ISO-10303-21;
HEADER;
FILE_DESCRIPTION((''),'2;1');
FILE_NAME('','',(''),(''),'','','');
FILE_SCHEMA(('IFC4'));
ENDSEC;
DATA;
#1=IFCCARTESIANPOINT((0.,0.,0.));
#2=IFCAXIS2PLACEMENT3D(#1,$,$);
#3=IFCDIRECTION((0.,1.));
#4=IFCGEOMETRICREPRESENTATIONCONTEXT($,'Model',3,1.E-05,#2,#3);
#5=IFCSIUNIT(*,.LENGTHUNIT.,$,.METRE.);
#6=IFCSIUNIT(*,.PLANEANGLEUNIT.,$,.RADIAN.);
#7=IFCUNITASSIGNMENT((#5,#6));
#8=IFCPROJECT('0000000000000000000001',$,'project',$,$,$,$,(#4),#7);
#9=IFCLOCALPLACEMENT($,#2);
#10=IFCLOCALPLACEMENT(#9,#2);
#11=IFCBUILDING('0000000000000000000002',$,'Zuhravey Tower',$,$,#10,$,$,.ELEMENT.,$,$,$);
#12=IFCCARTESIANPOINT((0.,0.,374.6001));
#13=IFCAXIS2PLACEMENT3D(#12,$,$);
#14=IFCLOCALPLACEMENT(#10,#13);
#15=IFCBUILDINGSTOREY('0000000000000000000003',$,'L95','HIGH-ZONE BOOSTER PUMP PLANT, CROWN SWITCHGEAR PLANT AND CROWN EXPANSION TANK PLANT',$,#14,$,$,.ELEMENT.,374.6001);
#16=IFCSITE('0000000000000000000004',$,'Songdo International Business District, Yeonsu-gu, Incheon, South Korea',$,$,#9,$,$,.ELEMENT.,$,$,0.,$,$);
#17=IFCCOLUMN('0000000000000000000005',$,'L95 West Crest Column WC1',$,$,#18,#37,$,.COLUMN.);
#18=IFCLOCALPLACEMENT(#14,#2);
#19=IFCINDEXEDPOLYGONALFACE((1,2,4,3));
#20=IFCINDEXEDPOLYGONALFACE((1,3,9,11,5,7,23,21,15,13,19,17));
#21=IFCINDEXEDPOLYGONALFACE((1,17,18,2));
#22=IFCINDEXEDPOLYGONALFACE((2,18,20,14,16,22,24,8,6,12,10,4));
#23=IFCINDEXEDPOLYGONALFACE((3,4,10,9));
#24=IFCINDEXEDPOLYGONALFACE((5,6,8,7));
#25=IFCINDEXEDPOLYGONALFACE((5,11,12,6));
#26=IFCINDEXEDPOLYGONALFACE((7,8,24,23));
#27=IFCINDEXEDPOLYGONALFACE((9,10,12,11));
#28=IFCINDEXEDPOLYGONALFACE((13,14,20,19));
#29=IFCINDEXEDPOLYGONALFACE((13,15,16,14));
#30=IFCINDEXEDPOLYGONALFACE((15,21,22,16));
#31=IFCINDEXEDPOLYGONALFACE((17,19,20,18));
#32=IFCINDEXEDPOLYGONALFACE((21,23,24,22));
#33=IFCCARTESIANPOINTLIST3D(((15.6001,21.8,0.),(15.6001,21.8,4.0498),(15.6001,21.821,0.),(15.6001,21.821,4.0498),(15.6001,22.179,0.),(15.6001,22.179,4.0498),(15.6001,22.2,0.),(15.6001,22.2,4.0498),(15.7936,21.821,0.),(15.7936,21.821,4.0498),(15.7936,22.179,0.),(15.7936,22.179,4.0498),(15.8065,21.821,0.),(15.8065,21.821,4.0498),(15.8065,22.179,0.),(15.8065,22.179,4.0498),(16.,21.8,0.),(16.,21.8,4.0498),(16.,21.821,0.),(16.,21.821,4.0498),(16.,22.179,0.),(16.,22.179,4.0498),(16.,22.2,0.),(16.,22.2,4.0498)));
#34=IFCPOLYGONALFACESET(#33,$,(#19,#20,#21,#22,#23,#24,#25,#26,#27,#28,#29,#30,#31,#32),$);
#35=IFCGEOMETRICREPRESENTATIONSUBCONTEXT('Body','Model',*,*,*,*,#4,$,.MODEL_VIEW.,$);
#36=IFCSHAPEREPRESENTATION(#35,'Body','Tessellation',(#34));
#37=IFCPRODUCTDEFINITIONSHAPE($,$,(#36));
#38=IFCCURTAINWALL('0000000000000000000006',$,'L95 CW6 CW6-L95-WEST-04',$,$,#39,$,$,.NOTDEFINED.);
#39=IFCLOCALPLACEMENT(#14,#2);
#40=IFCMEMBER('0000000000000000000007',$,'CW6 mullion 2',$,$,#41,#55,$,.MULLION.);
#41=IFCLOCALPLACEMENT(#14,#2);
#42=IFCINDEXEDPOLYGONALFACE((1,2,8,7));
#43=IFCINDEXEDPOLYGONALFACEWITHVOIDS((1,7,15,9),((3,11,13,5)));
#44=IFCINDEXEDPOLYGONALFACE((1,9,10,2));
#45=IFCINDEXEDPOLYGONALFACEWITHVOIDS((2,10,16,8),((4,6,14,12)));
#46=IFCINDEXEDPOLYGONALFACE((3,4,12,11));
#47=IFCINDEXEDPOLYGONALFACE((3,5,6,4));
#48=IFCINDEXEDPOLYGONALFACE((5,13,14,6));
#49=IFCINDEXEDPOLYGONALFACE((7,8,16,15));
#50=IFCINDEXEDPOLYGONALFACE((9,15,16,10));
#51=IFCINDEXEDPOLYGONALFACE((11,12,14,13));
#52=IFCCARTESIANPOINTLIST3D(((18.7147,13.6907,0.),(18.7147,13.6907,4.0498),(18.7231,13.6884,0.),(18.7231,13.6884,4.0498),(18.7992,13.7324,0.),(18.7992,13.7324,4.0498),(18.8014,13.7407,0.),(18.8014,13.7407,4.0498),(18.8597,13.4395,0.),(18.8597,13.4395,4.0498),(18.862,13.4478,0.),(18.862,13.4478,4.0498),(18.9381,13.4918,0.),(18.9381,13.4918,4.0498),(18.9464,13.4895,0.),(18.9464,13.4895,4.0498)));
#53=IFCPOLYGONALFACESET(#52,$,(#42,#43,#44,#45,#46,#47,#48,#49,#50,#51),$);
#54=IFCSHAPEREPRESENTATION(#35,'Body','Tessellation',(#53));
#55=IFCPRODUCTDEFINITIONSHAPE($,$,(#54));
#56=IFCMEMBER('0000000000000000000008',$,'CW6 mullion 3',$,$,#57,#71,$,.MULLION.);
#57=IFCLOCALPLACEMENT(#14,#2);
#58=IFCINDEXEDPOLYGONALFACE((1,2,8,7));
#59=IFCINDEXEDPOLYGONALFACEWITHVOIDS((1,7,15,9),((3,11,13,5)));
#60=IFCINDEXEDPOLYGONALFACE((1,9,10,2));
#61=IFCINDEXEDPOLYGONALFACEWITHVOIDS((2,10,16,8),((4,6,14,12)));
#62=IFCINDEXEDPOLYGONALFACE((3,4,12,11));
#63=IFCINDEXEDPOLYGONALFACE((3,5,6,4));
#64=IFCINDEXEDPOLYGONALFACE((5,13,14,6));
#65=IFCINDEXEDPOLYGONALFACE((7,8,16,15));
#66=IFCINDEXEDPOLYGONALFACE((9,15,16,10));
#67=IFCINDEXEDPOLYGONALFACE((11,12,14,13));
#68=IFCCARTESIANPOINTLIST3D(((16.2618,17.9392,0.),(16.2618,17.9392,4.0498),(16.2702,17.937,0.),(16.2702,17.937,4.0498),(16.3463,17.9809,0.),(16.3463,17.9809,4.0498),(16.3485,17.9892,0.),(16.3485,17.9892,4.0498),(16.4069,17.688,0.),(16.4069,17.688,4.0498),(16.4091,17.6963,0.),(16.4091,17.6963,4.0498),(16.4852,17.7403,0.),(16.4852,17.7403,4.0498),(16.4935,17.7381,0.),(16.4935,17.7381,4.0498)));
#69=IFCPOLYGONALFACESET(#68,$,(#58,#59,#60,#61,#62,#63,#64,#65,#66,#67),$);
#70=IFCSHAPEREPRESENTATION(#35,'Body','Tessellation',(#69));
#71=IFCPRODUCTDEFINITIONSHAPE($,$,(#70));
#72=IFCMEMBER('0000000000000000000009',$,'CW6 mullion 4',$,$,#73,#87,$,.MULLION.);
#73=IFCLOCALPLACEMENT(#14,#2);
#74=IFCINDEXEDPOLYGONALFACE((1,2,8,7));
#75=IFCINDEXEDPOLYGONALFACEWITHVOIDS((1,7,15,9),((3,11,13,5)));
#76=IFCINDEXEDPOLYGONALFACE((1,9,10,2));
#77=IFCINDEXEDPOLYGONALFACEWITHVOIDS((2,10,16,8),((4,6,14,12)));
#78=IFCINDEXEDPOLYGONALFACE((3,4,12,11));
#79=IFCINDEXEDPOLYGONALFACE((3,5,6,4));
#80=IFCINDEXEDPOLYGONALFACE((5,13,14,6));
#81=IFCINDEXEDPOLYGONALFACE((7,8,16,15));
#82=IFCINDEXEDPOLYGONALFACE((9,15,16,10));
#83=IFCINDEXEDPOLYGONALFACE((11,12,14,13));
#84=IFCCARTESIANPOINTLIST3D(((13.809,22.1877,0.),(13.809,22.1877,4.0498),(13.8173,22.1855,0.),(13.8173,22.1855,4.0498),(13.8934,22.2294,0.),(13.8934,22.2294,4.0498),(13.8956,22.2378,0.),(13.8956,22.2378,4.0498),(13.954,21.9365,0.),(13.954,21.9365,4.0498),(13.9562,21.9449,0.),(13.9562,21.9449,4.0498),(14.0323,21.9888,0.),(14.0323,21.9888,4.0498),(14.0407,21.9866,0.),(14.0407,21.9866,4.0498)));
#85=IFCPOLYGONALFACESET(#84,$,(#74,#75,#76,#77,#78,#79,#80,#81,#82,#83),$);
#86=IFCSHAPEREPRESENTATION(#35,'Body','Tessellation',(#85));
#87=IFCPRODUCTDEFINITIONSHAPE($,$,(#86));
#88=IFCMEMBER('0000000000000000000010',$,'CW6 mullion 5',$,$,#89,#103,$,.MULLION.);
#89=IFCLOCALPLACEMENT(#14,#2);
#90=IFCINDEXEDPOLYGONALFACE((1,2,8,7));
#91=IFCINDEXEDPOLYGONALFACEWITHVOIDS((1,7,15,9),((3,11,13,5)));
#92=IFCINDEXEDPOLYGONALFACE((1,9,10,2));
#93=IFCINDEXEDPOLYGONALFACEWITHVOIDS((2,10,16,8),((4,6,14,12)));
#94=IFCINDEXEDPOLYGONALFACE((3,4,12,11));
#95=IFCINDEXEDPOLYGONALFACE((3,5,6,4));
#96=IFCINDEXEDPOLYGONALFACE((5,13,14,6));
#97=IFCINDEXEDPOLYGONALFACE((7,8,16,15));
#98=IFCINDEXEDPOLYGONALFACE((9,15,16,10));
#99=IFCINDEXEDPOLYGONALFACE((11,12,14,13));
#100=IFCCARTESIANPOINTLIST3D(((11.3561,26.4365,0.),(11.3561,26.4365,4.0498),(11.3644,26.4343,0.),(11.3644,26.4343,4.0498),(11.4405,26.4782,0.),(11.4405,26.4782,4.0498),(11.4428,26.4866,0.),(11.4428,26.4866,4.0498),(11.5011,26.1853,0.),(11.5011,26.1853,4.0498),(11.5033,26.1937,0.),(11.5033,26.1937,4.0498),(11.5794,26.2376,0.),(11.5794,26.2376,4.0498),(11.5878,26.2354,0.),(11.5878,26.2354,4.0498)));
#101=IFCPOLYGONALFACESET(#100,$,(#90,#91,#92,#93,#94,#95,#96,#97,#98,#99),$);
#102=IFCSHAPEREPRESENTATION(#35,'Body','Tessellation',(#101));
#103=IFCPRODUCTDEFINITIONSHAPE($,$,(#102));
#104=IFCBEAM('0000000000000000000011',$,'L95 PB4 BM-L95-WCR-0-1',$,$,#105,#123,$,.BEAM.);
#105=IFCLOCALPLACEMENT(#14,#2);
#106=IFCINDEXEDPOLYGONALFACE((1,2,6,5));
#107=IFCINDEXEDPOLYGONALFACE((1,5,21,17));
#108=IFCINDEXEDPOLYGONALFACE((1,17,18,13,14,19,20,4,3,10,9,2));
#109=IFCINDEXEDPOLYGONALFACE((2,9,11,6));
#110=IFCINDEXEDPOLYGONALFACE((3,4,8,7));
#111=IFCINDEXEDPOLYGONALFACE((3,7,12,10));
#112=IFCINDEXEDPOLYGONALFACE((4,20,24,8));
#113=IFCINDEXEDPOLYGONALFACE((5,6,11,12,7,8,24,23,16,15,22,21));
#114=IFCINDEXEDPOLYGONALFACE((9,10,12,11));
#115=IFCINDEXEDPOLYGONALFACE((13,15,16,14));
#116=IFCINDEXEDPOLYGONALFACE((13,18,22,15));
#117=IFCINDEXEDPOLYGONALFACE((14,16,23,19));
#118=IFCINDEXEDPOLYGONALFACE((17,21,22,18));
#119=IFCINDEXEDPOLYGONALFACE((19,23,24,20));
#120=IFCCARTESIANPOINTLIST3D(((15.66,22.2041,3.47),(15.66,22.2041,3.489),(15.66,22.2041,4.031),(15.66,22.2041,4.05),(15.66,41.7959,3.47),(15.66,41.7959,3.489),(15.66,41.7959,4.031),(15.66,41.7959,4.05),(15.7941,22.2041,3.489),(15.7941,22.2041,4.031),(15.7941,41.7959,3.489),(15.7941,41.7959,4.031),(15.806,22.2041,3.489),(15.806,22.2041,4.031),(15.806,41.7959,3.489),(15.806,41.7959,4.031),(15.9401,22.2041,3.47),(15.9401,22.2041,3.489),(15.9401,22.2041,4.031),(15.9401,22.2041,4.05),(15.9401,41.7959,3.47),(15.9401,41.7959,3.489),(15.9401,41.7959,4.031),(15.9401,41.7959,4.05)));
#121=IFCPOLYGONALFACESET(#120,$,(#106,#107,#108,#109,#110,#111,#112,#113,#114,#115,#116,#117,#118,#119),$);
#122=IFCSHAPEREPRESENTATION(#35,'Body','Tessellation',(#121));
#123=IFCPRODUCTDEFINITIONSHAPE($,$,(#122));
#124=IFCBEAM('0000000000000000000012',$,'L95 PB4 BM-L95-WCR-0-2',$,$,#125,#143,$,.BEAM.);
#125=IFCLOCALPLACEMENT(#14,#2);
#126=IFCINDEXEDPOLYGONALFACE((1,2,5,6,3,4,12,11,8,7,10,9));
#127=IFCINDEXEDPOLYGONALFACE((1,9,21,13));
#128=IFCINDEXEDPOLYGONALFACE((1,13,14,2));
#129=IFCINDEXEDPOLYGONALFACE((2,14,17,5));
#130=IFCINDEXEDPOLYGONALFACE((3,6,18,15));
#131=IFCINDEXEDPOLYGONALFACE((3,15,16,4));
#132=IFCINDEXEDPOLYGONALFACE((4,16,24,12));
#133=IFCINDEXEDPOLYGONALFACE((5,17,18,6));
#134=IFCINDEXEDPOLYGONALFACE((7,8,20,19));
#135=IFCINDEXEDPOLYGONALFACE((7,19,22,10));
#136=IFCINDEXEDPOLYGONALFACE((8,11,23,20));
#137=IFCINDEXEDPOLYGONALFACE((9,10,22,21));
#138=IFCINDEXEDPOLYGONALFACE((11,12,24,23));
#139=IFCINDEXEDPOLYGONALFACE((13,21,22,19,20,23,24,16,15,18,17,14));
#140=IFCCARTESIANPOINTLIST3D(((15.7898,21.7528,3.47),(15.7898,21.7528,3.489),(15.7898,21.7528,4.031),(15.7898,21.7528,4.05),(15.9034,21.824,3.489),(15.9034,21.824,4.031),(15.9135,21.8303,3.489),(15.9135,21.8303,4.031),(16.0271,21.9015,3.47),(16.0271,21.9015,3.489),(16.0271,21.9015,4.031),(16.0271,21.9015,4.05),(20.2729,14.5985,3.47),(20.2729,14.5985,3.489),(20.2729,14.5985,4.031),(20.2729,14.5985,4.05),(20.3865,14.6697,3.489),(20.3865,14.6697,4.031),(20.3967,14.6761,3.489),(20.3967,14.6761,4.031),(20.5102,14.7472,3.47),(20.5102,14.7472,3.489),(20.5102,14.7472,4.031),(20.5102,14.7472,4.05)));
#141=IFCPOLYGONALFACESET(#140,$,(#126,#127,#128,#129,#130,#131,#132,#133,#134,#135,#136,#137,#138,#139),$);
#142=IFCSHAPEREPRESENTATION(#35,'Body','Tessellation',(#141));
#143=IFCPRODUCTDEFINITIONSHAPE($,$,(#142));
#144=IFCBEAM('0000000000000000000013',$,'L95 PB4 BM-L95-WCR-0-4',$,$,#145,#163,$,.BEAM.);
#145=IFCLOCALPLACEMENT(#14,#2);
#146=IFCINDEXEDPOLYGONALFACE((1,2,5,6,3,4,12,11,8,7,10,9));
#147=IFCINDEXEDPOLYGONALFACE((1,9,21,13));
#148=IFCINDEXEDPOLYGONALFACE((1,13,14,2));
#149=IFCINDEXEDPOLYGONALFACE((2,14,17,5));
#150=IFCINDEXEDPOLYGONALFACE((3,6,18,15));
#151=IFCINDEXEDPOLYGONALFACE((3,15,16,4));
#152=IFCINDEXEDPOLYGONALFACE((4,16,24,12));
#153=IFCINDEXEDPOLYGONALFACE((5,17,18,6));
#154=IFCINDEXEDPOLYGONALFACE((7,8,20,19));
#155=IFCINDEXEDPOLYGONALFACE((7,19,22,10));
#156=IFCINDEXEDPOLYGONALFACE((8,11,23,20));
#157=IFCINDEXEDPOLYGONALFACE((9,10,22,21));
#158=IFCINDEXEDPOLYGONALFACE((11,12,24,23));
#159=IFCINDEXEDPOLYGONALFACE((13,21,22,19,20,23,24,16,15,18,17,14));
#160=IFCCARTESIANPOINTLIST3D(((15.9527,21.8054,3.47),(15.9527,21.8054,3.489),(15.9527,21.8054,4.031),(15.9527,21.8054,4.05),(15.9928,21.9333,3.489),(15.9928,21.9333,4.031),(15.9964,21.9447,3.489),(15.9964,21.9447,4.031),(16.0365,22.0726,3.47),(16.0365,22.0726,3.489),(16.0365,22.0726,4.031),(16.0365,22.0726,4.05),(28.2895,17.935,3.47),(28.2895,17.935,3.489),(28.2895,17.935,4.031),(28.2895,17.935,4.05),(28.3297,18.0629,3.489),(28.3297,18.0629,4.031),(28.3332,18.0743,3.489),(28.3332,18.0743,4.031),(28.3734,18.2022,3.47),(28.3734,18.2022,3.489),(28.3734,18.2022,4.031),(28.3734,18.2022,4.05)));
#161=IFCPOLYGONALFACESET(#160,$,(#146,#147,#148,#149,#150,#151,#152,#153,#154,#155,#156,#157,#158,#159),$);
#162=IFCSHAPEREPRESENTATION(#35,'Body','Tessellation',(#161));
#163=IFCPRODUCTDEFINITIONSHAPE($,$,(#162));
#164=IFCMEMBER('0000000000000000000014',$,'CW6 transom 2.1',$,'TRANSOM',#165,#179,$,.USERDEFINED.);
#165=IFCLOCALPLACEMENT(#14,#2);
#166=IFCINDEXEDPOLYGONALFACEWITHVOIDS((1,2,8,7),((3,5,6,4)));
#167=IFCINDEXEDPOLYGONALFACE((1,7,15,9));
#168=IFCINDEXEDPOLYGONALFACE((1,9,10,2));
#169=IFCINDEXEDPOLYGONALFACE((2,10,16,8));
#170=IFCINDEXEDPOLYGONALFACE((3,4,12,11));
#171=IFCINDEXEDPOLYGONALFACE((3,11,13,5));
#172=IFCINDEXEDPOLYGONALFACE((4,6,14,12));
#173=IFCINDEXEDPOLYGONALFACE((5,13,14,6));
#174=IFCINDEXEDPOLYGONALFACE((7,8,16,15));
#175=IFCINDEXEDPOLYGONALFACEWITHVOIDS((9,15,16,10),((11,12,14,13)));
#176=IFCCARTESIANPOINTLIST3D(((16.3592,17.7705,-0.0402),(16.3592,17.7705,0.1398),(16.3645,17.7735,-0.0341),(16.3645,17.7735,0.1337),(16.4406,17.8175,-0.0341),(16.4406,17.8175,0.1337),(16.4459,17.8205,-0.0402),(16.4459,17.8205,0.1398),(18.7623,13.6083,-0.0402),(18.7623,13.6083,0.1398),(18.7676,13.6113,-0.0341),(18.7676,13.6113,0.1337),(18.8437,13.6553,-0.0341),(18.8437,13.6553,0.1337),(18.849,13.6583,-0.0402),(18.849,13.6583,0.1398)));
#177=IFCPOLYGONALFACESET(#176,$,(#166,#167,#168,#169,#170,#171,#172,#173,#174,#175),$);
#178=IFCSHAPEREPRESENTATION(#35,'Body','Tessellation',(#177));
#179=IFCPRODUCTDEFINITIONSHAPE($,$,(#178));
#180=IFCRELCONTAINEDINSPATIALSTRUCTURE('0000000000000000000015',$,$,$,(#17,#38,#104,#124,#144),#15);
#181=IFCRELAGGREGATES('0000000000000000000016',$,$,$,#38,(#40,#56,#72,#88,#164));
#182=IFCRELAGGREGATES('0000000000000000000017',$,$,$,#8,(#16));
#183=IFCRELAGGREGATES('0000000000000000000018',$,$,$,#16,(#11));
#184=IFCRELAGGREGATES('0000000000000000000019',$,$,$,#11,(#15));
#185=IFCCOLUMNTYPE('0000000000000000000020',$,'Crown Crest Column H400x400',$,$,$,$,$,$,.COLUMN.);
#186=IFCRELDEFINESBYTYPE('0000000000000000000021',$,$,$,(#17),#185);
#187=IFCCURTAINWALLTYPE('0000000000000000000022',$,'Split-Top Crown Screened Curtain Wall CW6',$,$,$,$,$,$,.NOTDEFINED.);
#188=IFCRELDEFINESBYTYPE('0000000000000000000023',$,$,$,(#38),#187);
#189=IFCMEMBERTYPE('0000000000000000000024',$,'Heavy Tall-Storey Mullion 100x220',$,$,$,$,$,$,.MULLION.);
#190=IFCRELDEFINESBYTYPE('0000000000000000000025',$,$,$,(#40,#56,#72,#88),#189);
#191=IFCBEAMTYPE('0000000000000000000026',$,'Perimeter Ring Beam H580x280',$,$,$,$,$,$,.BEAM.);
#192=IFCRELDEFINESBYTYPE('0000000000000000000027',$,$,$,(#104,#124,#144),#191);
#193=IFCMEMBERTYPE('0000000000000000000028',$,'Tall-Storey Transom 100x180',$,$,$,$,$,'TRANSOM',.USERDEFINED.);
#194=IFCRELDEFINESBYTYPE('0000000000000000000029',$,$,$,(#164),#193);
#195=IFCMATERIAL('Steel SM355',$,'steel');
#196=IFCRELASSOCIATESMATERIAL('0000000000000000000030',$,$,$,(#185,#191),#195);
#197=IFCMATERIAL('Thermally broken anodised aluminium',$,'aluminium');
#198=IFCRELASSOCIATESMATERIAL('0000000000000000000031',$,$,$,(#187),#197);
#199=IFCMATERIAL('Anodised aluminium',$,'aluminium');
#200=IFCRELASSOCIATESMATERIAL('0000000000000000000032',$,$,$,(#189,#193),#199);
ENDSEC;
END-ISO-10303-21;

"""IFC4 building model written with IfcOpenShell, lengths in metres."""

from ifc_helpers import new_model, si_unit, direction, frame, origin, origin_2d, place, context, subcontext, project, spatial, hollow_rectangle, i_section, extrude, material, material_profile, profile_set, type_object, element, aggregate, save


model = new_model("IFC4")

# Units and contexts
model_context = context("Model", 3, precision=1e-05, world=origin(), true_north=direction((0.0, 1.0)))
body_context = subcontext(model_context, "Body", "Model", "MODEL_VIEW")
ifc_project = project(units=[si_unit("LENGTHUNIT", "METRE"), si_unit("PLANEANGLEUNIT", "RADIAN")], contexts=[model_context])

# Site, building, storey
site_placement = place(None, origin())
site = spatial("IfcSite", under=ifc_project, at=site_placement, Name="Songdo International Business District, Yeonsu-gu, Incheon, South Korea", CompositionType="ELEMENT", RefElevation=0.0)
building_placement = place(site_placement, origin())
building = spatial("IfcBuilding", under=site, at=building_placement, Name="Zuhravey Tower", CompositionType="ELEMENT")
storey_placement = place(building_placement, frame((0.0, 0.0, 374.6001)))
storey = spatial("IfcBuildingStorey", under=building, at=storey_placement, Name="L95", Description="HIGH-ZONE BOOSTER PUMP PLANT, CROWN SWITCHGEAR PLANT AND CROWN EXPANSION TANK PLANT", CompositionType="ELEMENT", Elevation=374.6001)

# Column
ifc_material_1 = material(Name="Steel SM355", Category="steel")
ifc_material_profile_1 = material_profile(ifc_material_1, i_section(OverallWidth=0.3999, OverallDepth=0.3999, WebThickness=0.0129, FlangeThickness=0.021, at=origin_2d()), Name="H-400x400x13x21")
ifc_profile_set_1 = profile_set([ifc_material_profile_1], Name="Steel SM355")
column_type = type_object("IfcColumnType", Name="Crown Crest Column H400x400", PredefinedType="COLUMN", material=ifc_profile_set_1)
column_placement = place(storey_placement, frame((15.8, 22.0, 0.0), z_axis=(0.0, 0.0, 1.0), x_axis=(1.0, 0.0, 0.0)))
element("IfcColumn", 1, at=column_placement, inside=storey, type_object=column_type, Name="L95 West Crest Column WC1", PredefinedType="COLUMN", context=body_context, shape_type="SweptSolid", body=[
    extrude(i_section(OverallWidth=0.3999, OverallDepth=0.3999, WebThickness=0.0129, FlangeThickness=0.021, at=origin_2d()), origin(), (0.0, 0.0, 1.0), 4.0498),
])

# Curtain wall, members
ifc_material_2 = material(Name="Thermally broken anodised aluminium", Category="aluminium")
curtain_wall_type = type_object("IfcCurtainWallType", Name="Split-Top Crown Screened Curtain Wall CW6", PredefinedType="NOTDEFINED", material=ifc_material_2)
curtain_wall_placement = place(storey_placement, origin())
curtain_wall = element("IfcCurtainWall", 2, at=curtain_wall_placement, inside=storey, type_object=curtain_wall_type, Name="L95 CW6 CW6-L95-WEST-04", PredefinedType="NOTDEFINED")
ifc_material_3 = material(Name="Anodised aluminium", Category="aluminium")
ifc_material_profile_2 = material_profile(ifc_material_3, hollow_rectangle(XDim=0.1001, YDim=0.29, WallThickness=0.0061, at=origin_2d()), Name="ALU-RHS-100x290x6")
ifc_profile_set_2 = profile_set([ifc_material_profile_2], Name="Anodised aluminium")
member_type_1 = type_object("IfcMemberType", Name="Heavy Tall-Storey Mullion 100x220", PredefinedType="MULLION", material=ifc_profile_set_2)
member_1_placement = place(storey_placement, frame((18.8306, 13.5901, 0.0), z_axis=(0.0, 0.0, 1.0), x_axis=(-0.866027, -0.499997, 0.0)))
member_1 = element("IfcMember", 3, at=member_1_placement, type_object=member_type_1, Name="CW6 mullion 2", PredefinedType="MULLION", context=body_context, shape_type="SweptSolid", body=[
    extrude(hollow_rectangle(XDim=0.1001, YDim=0.29, WallThickness=0.0061, at=origin_2d()), origin(), (0.0, 0.0, 1.0), 4.0498),
])
member_2_placement = place(storey_placement, frame((16.3777, 17.8386, 0.0), z_axis=(0.0, 0.0, 1.0), x_axis=(-0.866027, -0.499997, 0.0)))
member_2 = element("IfcMember", 4, at=member_2_placement, type_object=member_type_1, Name="CW6 mullion 3", PredefinedType="MULLION", context=body_context, shape_type="SweptSolid", body=[
    extrude(hollow_rectangle(XDim=0.1001, YDim=0.29, WallThickness=0.0061, at=origin_2d()), origin(), (0.0, 0.0, 1.0), 4.0498),
])
member_3_placement = place(storey_placement, frame((13.9248, 22.0872, 0.0), z_axis=(0.0, 0.0, 1.0), x_axis=(-0.866027, -0.499997, 0.0)))
member_3 = element("IfcMember", 5, at=member_3_placement, type_object=member_type_1, Name="CW6 mullion 4", PredefinedType="MULLION", context=body_context, shape_type="SweptSolid", body=[
    extrude(hollow_rectangle(XDim=0.1001, YDim=0.29, WallThickness=0.0061, at=origin_2d()), origin(), (0.0, 0.0, 1.0), 4.0498),
])
member_4_placement = place(storey_placement, frame((11.4719, 26.3359, 0.0), z_axis=(0.0, 0.0, 1.0), x_axis=(-0.866027, -0.499997, 0.0)))
member_4 = element("IfcMember", 6, at=member_4_placement, type_object=member_type_1, Name="CW6 mullion 5", PredefinedType="MULLION", context=body_context, shape_type="SweptSolid", body=[
    extrude(hollow_rectangle(XDim=0.1001, YDim=0.29, WallThickness=0.0061, at=origin_2d()), origin(), (0.0, 0.0, 1.0), 4.0498),
])

# Beams
ifc_material_profile_3 = material_profile(ifc_material_1, i_section(OverallWidth=0.28, OverallDepth=0.5801, WebThickness=0.012, FlangeThickness=0.019, at=origin_2d()), Name="H-580x280x12x19")
ifc_profile_set_3 = profile_set([ifc_material_profile_3], Name="Steel SM355")
beam_type = type_object("IfcBeamType", Name="Perimeter Ring Beam H580x280", PredefinedType="BEAM", material=ifc_profile_set_3)
beam_1_placement = place(storey_placement, frame((15.8, 22.2041, 3.76), z_axis=(0.0, 1.0, 0.0), x_axis=(-1.0, 0.0, 0.0)))
element("IfcBeam", 7, at=beam_1_placement, inside=storey, type_object=beam_type, Name="L95 PB4 BM-L95-WCR-0-1", PredefinedType="BEAM", context=body_context, shape_type="SweptSolid", body=[
    extrude(i_section(OverallWidth=0.28, OverallDepth=0.5801, WebThickness=0.012, FlangeThickness=0.019, at=origin_2d()), origin(), (0.0, 0.0, 1.0), 19.5918),
])
beam_2_placement = place(storey_placement, frame((15.9084, 21.8271, 3.76), z_axis=(0.530997, -0.847374, 0.0), x_axis=(0.847374, 0.530997, 0.0)))
element("IfcBeam", 8, at=beam_2_placement, inside=storey, type_object=beam_type, Name="L95 PB4 BM-L95-WCR-0-2", PredefinedType="BEAM", context=body_context, shape_type="SweptSolid", body=[
    extrude(i_section(OverallWidth=0.28, OverallDepth=0.5801, WebThickness=0.012, FlangeThickness=0.019, at=origin_2d()), origin(), (0.0, 0.0, 1.0), 8.4429),
])
beam_3_placement = place(storey_placement, frame((15.9946, 21.939, 3.76), z_axis=(0.954147, -0.299337, 0.0), x_axis=(0.299337, 0.954147, 0.0)))
element("IfcBeam", 9, at=beam_3_placement, inside=storey, type_object=beam_type, Name="L95 PB4 BM-L95-WCR-0-4", PredefinedType="BEAM", context=body_context, shape_type="SweptSolid", body=[
    extrude(i_section(OverallWidth=0.28, OverallDepth=0.5801, WebThickness=0.012, FlangeThickness=0.019, at=origin_2d()), origin(), (0.0, 0.0, 1.0), 12.9297),
])

# Member
ifc_material_profile_4 = material_profile(ifc_material_3, hollow_rectangle(XDim=0.1001, YDim=0.1799, WallThickness=0.0061, at=origin_2d()), Name="ALU-RHS-100x180x6")
ifc_profile_set_4 = profile_set([ifc_material_profile_4], Name="Anodised aluminium")
member_type_2 = type_object("IfcMemberType", Name="Tall-Storey Transom 100x180", ElementType="TRANSOM", PredefinedType="USERDEFINED", material=ifc_profile_set_4)
member_5_placement = place(storey_placement, frame((18.8057, 13.6333, 0.0498), z_axis=(-0.500013, 0.866018, 0.0), x_axis=(-0.866018, -0.500013, 0.0)))
member_5 = element("IfcMember", 10, at=member_5_placement, type_object=member_type_2, Name="CW6 transom 2.1", ObjectType="TRANSOM", PredefinedType="USERDEFINED", context=body_context, shape_type="SweptSolid", body=[
    extrude(hollow_rectangle(XDim=0.1001, YDim=0.1799, WallThickness=0.0061, at=origin_2d()), origin(), (0.0, 0.0, 1.0), 4.8062),
])

aggregate(curtain_wall, [member_1, member_2, member_3, member_4, member_5])

save(model, "model.ifc")
